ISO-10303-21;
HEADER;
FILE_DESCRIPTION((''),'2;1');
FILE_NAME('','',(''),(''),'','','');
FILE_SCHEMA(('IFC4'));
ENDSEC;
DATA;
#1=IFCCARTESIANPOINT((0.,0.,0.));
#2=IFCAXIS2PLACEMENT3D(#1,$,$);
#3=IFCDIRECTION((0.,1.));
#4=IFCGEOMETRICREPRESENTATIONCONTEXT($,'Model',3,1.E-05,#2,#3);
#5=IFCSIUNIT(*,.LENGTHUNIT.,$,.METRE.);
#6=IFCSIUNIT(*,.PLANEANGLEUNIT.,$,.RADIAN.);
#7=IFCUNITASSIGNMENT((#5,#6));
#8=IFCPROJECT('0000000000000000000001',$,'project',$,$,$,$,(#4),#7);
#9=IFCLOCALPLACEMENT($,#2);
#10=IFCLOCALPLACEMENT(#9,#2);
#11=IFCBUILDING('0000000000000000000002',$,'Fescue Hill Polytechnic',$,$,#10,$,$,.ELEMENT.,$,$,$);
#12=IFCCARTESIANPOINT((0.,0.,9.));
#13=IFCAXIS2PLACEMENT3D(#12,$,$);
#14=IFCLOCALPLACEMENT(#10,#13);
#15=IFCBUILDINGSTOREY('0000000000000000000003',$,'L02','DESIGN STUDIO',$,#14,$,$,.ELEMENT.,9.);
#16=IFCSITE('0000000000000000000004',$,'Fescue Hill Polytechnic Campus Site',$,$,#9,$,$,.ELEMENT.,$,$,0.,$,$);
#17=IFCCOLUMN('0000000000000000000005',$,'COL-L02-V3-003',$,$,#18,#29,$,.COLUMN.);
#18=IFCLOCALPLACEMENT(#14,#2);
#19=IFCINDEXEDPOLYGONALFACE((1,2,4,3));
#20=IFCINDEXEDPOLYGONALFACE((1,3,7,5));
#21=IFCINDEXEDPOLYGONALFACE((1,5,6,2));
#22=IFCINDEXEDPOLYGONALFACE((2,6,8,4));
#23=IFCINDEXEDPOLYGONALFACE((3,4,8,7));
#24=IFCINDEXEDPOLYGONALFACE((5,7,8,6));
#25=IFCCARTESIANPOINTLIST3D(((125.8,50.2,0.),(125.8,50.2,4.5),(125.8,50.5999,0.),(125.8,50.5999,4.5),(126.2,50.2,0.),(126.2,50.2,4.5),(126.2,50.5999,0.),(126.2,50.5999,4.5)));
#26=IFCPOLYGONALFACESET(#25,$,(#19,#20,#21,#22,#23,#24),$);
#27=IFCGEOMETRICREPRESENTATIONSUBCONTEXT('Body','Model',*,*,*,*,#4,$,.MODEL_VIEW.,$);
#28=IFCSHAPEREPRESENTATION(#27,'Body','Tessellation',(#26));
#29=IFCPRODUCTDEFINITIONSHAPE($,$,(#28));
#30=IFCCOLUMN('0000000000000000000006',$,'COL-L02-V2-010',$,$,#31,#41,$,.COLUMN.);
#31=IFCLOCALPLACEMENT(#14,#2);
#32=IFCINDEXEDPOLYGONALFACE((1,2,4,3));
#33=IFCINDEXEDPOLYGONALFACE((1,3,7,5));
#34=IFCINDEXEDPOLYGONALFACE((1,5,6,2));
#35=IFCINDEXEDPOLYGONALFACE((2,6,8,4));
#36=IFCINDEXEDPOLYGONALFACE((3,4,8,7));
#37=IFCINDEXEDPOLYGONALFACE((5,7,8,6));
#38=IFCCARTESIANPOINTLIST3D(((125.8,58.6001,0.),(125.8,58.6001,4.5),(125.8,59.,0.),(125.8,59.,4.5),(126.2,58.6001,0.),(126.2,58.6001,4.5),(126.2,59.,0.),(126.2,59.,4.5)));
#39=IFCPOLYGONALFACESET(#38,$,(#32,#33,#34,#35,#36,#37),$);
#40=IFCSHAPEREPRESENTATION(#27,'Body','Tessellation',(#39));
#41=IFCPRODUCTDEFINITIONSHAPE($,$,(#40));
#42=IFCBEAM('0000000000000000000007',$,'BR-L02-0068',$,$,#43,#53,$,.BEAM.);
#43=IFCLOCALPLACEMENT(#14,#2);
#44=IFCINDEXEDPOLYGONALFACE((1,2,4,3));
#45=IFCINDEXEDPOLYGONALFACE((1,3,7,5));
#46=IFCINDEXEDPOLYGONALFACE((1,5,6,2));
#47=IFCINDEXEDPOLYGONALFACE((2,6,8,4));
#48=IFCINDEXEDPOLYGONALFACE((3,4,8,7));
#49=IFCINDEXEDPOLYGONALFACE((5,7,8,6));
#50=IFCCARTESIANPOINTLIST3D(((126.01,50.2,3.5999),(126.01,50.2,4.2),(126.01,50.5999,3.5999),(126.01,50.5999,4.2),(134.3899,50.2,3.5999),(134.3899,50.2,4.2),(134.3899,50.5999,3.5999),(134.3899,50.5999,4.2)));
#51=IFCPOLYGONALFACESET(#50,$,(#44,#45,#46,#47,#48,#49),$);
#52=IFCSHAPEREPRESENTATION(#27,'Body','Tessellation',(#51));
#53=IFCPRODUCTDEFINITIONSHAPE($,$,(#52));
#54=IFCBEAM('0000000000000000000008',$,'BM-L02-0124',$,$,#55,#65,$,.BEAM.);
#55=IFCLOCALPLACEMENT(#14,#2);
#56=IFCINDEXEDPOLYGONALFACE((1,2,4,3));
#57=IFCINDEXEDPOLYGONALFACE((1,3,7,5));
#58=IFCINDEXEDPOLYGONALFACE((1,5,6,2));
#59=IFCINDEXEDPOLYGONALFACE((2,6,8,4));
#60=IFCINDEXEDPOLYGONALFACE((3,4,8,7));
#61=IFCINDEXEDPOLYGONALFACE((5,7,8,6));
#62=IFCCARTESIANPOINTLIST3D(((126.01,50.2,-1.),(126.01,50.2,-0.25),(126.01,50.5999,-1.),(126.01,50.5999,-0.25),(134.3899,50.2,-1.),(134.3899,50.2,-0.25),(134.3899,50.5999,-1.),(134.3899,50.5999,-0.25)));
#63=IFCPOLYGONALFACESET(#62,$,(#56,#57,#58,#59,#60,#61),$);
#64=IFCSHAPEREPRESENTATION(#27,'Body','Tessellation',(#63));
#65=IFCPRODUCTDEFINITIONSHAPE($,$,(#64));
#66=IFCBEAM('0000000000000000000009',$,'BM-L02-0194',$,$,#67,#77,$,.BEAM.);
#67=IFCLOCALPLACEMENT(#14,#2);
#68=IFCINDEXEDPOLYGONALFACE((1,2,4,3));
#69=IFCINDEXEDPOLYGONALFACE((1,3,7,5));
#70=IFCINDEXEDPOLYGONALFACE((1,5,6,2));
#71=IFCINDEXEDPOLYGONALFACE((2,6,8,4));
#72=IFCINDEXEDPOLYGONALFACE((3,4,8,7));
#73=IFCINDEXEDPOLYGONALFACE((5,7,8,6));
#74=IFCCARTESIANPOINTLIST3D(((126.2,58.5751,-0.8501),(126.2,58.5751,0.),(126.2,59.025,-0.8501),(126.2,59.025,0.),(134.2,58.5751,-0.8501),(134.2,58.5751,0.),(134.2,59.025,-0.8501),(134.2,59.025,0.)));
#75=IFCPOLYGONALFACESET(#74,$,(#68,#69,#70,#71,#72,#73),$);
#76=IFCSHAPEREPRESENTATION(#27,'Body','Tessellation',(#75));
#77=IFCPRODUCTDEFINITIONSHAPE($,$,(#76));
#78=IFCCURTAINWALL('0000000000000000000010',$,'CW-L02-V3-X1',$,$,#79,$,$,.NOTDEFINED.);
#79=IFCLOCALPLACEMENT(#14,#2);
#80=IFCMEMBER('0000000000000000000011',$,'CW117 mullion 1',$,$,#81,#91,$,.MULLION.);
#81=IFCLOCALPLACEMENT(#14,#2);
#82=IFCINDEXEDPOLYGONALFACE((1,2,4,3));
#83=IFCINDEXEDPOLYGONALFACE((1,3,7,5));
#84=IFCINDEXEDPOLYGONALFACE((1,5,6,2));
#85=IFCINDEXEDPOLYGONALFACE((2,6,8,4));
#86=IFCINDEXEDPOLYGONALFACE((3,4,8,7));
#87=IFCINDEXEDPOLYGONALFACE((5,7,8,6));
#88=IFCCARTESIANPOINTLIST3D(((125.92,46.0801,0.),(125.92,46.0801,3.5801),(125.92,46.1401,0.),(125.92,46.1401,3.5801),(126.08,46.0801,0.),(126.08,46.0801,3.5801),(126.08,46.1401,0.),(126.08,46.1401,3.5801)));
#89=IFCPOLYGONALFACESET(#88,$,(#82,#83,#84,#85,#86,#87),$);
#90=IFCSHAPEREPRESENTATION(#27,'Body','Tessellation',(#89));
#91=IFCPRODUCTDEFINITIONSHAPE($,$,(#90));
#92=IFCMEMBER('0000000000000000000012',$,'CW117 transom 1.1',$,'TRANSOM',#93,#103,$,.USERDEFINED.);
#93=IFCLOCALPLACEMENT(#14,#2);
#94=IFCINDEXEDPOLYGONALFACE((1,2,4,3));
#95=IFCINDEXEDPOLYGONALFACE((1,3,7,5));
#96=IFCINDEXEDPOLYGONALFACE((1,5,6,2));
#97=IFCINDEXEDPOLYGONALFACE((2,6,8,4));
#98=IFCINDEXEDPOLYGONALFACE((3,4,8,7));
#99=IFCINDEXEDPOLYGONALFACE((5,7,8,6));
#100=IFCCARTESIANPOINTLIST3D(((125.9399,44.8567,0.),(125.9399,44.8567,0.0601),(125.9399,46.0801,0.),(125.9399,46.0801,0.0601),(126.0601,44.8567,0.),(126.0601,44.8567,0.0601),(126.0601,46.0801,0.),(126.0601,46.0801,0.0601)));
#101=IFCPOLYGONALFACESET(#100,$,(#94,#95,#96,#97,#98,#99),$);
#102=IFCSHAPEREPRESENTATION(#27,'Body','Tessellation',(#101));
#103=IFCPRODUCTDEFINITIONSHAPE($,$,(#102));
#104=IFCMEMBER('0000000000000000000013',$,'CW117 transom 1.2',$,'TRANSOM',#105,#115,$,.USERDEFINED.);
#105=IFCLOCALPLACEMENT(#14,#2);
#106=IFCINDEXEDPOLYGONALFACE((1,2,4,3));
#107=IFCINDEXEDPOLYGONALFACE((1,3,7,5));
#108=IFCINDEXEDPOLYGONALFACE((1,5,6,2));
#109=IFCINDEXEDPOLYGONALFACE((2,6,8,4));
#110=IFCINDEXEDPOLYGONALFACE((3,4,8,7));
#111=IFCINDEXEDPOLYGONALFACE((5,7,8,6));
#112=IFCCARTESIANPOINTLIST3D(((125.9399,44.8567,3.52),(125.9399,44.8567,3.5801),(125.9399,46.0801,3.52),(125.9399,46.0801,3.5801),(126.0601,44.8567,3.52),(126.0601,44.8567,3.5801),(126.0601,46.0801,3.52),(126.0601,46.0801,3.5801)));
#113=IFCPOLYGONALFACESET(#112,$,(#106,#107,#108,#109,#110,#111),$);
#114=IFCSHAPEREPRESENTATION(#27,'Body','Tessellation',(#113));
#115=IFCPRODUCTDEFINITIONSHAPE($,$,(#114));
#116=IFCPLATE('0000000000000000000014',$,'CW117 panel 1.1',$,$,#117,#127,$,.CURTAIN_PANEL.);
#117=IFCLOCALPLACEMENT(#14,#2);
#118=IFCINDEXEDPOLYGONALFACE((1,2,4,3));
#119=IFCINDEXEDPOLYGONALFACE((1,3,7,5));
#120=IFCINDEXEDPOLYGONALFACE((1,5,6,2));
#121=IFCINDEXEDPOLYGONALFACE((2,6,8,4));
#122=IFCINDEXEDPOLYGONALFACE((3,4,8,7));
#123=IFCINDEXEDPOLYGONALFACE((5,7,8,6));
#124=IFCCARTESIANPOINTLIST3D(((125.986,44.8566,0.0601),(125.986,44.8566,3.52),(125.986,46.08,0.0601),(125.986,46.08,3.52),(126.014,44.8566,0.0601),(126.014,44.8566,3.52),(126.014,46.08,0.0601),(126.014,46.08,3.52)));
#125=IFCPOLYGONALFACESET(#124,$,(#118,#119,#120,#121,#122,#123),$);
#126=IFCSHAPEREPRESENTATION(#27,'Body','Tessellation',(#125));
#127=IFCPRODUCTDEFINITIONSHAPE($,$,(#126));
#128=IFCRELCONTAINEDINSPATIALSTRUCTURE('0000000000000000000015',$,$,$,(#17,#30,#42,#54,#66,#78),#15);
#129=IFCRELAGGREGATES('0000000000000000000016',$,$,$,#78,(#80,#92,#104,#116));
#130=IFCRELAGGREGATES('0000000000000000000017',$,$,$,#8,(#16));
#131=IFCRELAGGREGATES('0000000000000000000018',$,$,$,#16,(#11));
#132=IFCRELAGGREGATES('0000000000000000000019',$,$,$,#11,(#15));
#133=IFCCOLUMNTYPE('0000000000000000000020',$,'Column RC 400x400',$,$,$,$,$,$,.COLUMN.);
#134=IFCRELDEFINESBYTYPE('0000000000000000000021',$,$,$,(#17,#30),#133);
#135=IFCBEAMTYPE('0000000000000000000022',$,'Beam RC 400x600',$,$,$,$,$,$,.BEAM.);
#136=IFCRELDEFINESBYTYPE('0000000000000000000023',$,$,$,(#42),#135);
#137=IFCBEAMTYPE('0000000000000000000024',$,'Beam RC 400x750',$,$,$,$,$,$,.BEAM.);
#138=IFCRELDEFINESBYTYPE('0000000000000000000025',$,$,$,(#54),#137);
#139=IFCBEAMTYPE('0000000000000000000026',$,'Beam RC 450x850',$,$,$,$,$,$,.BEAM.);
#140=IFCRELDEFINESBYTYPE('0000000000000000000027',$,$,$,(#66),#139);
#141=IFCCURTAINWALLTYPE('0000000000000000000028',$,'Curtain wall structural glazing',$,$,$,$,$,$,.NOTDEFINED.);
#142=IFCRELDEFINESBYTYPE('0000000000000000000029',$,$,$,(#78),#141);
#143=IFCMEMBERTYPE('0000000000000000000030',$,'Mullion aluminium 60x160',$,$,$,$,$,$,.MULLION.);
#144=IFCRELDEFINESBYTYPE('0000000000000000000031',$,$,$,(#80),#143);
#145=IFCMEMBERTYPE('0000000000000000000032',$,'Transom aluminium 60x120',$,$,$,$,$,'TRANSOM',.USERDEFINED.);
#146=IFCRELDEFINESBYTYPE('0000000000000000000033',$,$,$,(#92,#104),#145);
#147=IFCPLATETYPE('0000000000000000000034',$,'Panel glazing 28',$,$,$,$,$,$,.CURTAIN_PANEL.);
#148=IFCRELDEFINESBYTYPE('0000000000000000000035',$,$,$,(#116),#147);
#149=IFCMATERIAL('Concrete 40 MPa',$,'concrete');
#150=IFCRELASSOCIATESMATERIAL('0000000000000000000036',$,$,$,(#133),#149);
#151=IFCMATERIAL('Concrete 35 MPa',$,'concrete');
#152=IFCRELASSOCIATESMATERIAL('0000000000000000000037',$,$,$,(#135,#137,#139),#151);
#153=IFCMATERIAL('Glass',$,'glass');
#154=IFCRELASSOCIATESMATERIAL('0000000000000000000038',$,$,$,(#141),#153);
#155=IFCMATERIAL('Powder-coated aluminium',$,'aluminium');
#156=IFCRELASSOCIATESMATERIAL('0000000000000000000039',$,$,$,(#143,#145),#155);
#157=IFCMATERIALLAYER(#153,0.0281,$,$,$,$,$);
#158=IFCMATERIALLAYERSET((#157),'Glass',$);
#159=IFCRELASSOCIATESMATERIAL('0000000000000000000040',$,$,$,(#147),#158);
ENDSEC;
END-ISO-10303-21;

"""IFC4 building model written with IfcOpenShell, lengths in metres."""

from ifc_helpers import new_model, si_unit, direction, frame, origin, origin_2d, place, context, subcontext, project, spatial, rectangle, extrude, material, layer, layer_set, material_profile, profile_set, type_object, element, aggregate, save


model = new_model("IFC4")

# Units and contexts
model_context = context("Model", 3, precision=1e-05, world=origin(), true_north=direction((0.0, 1.0)))
body_context = subcontext(model_context, "Body", "Model", "MODEL_VIEW")
ifc_project = project(units=[si_unit("LENGTHUNIT", "METRE"), si_unit("PLANEANGLEUNIT", "RADIAN")], contexts=[model_context])

# Site, building, storey
site_placement = place(None, origin())
site = spatial("IfcSite", under=ifc_project, at=site_placement, Name="Fescue Hill Polytechnic Campus Site", CompositionType="ELEMENT", RefElevation=0.0)
building_placement = place(site_placement, origin())
building = spatial("IfcBuilding", under=site, at=building_placement, Name="Fescue Hill Polytechnic", CompositionType="ELEMENT")
storey_placement = place(building_placement, frame((0.0, 0.0, 9.0)))
storey = spatial("IfcBuildingStorey", under=building, at=storey_placement, Name="L02", Description="DESIGN STUDIO", CompositionType="ELEMENT", Elevation=9.0)

# Columns
ifc_material_1 = material(Name="Concrete 40 MPa", Category="concrete")
ifc_material_profile_1 = material_profile(ifc_material_1, rectangle(XDim=0.3999, YDim=0.3999, at=origin_2d()), Name="RC 400x400")
ifc_profile_set_1 = profile_set([ifc_material_profile_1], Name="Concrete 40 MPa")
column_type = type_object("IfcColumnType", Name="Column RC 400x400", PredefinedType="COLUMN", material=ifc_profile_set_1)
for number, where, z_axis, x_axis, name in (
    (1, (126.0, 50.3999, 0.0), (0.0, 0.0, 1.0), (1.0, 0.0, 0.0), "COL-L02-V3-003"),
    (2, (126.0, 58.8, 0.0), (0.0, 0.0, 1.0), (1.0, 0.0, 0.0), "COL-L02-V2-010"),
):
    element("IfcColumn", number, at=place(storey_placement, frame(where, z_axis=z_axis, x_axis=x_axis)), inside=storey, type_object=column_type, Name=name, PredefinedType="COLUMN", context=body_context, shape_type="SweptSolid", body=[
        extrude(rectangle(XDim=0.3999, YDim=0.3999, at=origin_2d()), origin(), (0.0, 0.0, 1.0), 4.5),
    ])

# Beams
ifc_material_2 = material(Name="Concrete 35 MPa", Category="concrete")
ifc_material_profile_2 = material_profile(ifc_material_2, rectangle(XDim=0.3999, YDim=0.6001, at=origin_2d()), Name="RC 400x600")
ifc_profile_set_2 = profile_set([ifc_material_profile_2], Name="Concrete 35 MPa")
beam_type_1 = type_object("IfcBeamType", Name="Beam RC 400x600", PredefinedType="BEAM", material=ifc_profile_set_2)
beam_1_placement = place(storey_placement, frame((126.01, 50.3999, 3.8999), z_axis=(1.0, 0.0, 0.0), x_axis=(0.0, 1.0, 0.0)))
element("IfcBeam", 3, at=beam_1_placement, inside=storey, type_object=beam_type_1, Name="BR-L02-0068", PredefinedType="BEAM", context=body_context, shape_type="SweptSolid", body=[
    extrude(rectangle(XDim=0.3999, YDim=0.6001, at=origin_2d()), origin(), (0.0, 0.0, 1.0), 8.3799),
])
ifc_material_profile_3 = material_profile(ifc_material_2, rectangle(XDim=0.3999, YDim=0.75, at=origin_2d()), Name="RC 400x750")
ifc_profile_set_3 = profile_set([ifc_material_profile_3], Name="Concrete 35 MPa")
beam_type_2 = type_object("IfcBeamType", Name="Beam RC 400x750", PredefinedType="BEAM", material=ifc_profile_set_3)
beam_2_placement = place(storey_placement, frame((126.01, 50.3999, -0.625), z_axis=(1.0, 0.0, 0.0), x_axis=(0.0, 1.0, 0.0)))
element("IfcBeam", 4, at=beam_2_placement, inside=storey, type_object=beam_type_2, Name="BM-L02-0124", PredefinedType="BEAM", context=body_context, shape_type="SweptSolid", body=[
    extrude(rectangle(XDim=0.3999, YDim=0.75, at=origin_2d()), origin(), (0.0, 0.0, 1.0), 8.3799),
])
ifc_material_profile_4 = material_profile(ifc_material_2, rectangle(XDim=0.45, YDim=0.8501, at=origin_2d()), Name="RC 450x850")
ifc_profile_set_4 = profile_set([ifc_material_profile_4], Name="Concrete 35 MPa")
beam_type_3 = type_object("IfcBeamType", Name="Beam RC 450x850", PredefinedType="BEAM", material=ifc_profile_set_4)
beam_3_placement = place(storey_placement, frame((126.2, 58.8, -0.425), z_axis=(1.0, 0.0, 0.0), x_axis=(0.0, 1.0, 0.0)))
element("IfcBeam", 5, at=beam_3_placement, inside=storey, type_object=beam_type_3, Name="BM-L02-0194", PredefinedType="BEAM", context=body_context, shape_type="SweptSolid", body=[
    extrude(rectangle(XDim=0.45, YDim=0.8501, at=origin_2d()), origin(), (0.0, 0.0, 1.0), 8.0),
])

# Curtain wall, members, plate
ifc_material_3 = material(Name="Glass", Category="glass")
curtain_wall_type = type_object("IfcCurtainWallType", Name="Curtain wall structural glazing", PredefinedType="NOTDEFINED", material=ifc_material_3)
curtain_wall_placement = place(storey_placement, origin())
curtain_wall = element("IfcCurtainWall", 6, at=curtain_wall_placement, inside=storey, type_object=curtain_wall_type, Name="CW-L02-V3-X1", PredefinedType="NOTDEFINED")
ifc_material_4 = material(Name="Powder-coated aluminium", Category="aluminium")
ifc_material_profile_5 = material_profile(ifc_material_4, rectangle(XDim=0.1599, YDim=0.0601, at=origin_2d()), Name="Mullion aluminium 60x160")
ifc_profile_set_5 = profile_set([ifc_material_profile_5], Name="Powder-coated aluminium")
member_type_1 = type_object("IfcMemberType", Name="Mullion aluminium 60x160", PredefinedType="MULLION", material=ifc_profile_set_5)
member_1_placement = place(storey_placement, frame((126.0, 46.1101, 0.0), z_axis=(0.0, 0.0, 1.0), x_axis=(1.0, 0.0, 0.0)))
member_1 = element("IfcMember", 7, at=member_1_placement, type_object=member_type_1, Name="CW117 mullion 1", PredefinedType="MULLION", context=body_context, shape_type="SweptSolid", body=[
    extrude(rectangle(XDim=0.1599, YDim=0.0601, at=origin_2d()), origin(), (0.0, 0.0, 1.0), 3.5801),
])
ifc_material_profile_6 = material_profile(ifc_material_4, rectangle(XDim=0.1201, YDim=0.0601, at=origin_2d()), Name="Transom aluminium 60x120")
ifc_profile_set_6 = profile_set([ifc_material_profile_6], Name="Powder-coated aluminium")
member_type_2 = type_object("IfcMemberType", Name="Transom aluminium 60x120", ElementType="TRANSOM", PredefinedType="USERDEFINED", material=ifc_profile_set_6)
member_2_placement = place(storey_placement, frame((126.0, 46.0801, 0.03), z_axis=(0.0, -1.0, 0.0), x_axis=(1.0, 0.0, 0.0)))
member_2 = element("IfcMember", 8, at=member_2_placement, type_object=member_type_2, Name="CW117 transom 1.1", ObjectType="TRANSOM", PredefinedType="USERDEFINED", context=body_context, shape_type="SweptSolid", body=[
    extrude(rectangle(XDim=0.1201, YDim=0.0601, at=origin_2d()), origin(), (0.0, 0.0, 1.0), 1.2234),
])
member_3_placement = place(storey_placement, frame((126.0, 46.0801, 3.55), z_axis=(0.0, -1.0, 0.0), x_axis=(1.0, 0.0, 0.0)))
member_3 = element("IfcMember", 9, at=member_3_placement, type_object=member_type_2, Name="CW117 transom 1.2", ObjectType="TRANSOM", PredefinedType="USERDEFINED", context=body_context, shape_type="SweptSolid", body=[
    extrude(rectangle(XDim=0.1201, YDim=0.0601, at=origin_2d()), origin(), (0.0, 0.0, 1.0), 1.2234),
])
ifc_layer_1 = layer(ifc_material_3, 0.0281)
ifc_layer_set_1 = layer_set([ifc_layer_1], Name="Glass")
plate_type = type_object("IfcPlateType", Name="Panel glazing 28", PredefinedType="CURTAIN_PANEL", material=ifc_layer_set_1)
plate_placement = place(storey_placement, frame((126.0, 45.4683, 0.0601), z_axis=(0.0, 0.0, 1.0), x_axis=(0.0, -1.0, 0.0)))
plate = element("IfcPlate", 10, at=plate_placement, type_object=plate_type, Name="CW117 panel 1.1", PredefinedType="CURTAIN_PANEL", context=body_context, shape_type="SweptSolid", body=[
    extrude(rectangle(XDim=1.2234, YDim=0.0281, at=origin_2d()), origin(), (0.0, 0.0, 1.0), 3.46),
])
aggregate(curtain_wall, [member_1, member_2, member_3, plate])

save(model, "model.ifc")
